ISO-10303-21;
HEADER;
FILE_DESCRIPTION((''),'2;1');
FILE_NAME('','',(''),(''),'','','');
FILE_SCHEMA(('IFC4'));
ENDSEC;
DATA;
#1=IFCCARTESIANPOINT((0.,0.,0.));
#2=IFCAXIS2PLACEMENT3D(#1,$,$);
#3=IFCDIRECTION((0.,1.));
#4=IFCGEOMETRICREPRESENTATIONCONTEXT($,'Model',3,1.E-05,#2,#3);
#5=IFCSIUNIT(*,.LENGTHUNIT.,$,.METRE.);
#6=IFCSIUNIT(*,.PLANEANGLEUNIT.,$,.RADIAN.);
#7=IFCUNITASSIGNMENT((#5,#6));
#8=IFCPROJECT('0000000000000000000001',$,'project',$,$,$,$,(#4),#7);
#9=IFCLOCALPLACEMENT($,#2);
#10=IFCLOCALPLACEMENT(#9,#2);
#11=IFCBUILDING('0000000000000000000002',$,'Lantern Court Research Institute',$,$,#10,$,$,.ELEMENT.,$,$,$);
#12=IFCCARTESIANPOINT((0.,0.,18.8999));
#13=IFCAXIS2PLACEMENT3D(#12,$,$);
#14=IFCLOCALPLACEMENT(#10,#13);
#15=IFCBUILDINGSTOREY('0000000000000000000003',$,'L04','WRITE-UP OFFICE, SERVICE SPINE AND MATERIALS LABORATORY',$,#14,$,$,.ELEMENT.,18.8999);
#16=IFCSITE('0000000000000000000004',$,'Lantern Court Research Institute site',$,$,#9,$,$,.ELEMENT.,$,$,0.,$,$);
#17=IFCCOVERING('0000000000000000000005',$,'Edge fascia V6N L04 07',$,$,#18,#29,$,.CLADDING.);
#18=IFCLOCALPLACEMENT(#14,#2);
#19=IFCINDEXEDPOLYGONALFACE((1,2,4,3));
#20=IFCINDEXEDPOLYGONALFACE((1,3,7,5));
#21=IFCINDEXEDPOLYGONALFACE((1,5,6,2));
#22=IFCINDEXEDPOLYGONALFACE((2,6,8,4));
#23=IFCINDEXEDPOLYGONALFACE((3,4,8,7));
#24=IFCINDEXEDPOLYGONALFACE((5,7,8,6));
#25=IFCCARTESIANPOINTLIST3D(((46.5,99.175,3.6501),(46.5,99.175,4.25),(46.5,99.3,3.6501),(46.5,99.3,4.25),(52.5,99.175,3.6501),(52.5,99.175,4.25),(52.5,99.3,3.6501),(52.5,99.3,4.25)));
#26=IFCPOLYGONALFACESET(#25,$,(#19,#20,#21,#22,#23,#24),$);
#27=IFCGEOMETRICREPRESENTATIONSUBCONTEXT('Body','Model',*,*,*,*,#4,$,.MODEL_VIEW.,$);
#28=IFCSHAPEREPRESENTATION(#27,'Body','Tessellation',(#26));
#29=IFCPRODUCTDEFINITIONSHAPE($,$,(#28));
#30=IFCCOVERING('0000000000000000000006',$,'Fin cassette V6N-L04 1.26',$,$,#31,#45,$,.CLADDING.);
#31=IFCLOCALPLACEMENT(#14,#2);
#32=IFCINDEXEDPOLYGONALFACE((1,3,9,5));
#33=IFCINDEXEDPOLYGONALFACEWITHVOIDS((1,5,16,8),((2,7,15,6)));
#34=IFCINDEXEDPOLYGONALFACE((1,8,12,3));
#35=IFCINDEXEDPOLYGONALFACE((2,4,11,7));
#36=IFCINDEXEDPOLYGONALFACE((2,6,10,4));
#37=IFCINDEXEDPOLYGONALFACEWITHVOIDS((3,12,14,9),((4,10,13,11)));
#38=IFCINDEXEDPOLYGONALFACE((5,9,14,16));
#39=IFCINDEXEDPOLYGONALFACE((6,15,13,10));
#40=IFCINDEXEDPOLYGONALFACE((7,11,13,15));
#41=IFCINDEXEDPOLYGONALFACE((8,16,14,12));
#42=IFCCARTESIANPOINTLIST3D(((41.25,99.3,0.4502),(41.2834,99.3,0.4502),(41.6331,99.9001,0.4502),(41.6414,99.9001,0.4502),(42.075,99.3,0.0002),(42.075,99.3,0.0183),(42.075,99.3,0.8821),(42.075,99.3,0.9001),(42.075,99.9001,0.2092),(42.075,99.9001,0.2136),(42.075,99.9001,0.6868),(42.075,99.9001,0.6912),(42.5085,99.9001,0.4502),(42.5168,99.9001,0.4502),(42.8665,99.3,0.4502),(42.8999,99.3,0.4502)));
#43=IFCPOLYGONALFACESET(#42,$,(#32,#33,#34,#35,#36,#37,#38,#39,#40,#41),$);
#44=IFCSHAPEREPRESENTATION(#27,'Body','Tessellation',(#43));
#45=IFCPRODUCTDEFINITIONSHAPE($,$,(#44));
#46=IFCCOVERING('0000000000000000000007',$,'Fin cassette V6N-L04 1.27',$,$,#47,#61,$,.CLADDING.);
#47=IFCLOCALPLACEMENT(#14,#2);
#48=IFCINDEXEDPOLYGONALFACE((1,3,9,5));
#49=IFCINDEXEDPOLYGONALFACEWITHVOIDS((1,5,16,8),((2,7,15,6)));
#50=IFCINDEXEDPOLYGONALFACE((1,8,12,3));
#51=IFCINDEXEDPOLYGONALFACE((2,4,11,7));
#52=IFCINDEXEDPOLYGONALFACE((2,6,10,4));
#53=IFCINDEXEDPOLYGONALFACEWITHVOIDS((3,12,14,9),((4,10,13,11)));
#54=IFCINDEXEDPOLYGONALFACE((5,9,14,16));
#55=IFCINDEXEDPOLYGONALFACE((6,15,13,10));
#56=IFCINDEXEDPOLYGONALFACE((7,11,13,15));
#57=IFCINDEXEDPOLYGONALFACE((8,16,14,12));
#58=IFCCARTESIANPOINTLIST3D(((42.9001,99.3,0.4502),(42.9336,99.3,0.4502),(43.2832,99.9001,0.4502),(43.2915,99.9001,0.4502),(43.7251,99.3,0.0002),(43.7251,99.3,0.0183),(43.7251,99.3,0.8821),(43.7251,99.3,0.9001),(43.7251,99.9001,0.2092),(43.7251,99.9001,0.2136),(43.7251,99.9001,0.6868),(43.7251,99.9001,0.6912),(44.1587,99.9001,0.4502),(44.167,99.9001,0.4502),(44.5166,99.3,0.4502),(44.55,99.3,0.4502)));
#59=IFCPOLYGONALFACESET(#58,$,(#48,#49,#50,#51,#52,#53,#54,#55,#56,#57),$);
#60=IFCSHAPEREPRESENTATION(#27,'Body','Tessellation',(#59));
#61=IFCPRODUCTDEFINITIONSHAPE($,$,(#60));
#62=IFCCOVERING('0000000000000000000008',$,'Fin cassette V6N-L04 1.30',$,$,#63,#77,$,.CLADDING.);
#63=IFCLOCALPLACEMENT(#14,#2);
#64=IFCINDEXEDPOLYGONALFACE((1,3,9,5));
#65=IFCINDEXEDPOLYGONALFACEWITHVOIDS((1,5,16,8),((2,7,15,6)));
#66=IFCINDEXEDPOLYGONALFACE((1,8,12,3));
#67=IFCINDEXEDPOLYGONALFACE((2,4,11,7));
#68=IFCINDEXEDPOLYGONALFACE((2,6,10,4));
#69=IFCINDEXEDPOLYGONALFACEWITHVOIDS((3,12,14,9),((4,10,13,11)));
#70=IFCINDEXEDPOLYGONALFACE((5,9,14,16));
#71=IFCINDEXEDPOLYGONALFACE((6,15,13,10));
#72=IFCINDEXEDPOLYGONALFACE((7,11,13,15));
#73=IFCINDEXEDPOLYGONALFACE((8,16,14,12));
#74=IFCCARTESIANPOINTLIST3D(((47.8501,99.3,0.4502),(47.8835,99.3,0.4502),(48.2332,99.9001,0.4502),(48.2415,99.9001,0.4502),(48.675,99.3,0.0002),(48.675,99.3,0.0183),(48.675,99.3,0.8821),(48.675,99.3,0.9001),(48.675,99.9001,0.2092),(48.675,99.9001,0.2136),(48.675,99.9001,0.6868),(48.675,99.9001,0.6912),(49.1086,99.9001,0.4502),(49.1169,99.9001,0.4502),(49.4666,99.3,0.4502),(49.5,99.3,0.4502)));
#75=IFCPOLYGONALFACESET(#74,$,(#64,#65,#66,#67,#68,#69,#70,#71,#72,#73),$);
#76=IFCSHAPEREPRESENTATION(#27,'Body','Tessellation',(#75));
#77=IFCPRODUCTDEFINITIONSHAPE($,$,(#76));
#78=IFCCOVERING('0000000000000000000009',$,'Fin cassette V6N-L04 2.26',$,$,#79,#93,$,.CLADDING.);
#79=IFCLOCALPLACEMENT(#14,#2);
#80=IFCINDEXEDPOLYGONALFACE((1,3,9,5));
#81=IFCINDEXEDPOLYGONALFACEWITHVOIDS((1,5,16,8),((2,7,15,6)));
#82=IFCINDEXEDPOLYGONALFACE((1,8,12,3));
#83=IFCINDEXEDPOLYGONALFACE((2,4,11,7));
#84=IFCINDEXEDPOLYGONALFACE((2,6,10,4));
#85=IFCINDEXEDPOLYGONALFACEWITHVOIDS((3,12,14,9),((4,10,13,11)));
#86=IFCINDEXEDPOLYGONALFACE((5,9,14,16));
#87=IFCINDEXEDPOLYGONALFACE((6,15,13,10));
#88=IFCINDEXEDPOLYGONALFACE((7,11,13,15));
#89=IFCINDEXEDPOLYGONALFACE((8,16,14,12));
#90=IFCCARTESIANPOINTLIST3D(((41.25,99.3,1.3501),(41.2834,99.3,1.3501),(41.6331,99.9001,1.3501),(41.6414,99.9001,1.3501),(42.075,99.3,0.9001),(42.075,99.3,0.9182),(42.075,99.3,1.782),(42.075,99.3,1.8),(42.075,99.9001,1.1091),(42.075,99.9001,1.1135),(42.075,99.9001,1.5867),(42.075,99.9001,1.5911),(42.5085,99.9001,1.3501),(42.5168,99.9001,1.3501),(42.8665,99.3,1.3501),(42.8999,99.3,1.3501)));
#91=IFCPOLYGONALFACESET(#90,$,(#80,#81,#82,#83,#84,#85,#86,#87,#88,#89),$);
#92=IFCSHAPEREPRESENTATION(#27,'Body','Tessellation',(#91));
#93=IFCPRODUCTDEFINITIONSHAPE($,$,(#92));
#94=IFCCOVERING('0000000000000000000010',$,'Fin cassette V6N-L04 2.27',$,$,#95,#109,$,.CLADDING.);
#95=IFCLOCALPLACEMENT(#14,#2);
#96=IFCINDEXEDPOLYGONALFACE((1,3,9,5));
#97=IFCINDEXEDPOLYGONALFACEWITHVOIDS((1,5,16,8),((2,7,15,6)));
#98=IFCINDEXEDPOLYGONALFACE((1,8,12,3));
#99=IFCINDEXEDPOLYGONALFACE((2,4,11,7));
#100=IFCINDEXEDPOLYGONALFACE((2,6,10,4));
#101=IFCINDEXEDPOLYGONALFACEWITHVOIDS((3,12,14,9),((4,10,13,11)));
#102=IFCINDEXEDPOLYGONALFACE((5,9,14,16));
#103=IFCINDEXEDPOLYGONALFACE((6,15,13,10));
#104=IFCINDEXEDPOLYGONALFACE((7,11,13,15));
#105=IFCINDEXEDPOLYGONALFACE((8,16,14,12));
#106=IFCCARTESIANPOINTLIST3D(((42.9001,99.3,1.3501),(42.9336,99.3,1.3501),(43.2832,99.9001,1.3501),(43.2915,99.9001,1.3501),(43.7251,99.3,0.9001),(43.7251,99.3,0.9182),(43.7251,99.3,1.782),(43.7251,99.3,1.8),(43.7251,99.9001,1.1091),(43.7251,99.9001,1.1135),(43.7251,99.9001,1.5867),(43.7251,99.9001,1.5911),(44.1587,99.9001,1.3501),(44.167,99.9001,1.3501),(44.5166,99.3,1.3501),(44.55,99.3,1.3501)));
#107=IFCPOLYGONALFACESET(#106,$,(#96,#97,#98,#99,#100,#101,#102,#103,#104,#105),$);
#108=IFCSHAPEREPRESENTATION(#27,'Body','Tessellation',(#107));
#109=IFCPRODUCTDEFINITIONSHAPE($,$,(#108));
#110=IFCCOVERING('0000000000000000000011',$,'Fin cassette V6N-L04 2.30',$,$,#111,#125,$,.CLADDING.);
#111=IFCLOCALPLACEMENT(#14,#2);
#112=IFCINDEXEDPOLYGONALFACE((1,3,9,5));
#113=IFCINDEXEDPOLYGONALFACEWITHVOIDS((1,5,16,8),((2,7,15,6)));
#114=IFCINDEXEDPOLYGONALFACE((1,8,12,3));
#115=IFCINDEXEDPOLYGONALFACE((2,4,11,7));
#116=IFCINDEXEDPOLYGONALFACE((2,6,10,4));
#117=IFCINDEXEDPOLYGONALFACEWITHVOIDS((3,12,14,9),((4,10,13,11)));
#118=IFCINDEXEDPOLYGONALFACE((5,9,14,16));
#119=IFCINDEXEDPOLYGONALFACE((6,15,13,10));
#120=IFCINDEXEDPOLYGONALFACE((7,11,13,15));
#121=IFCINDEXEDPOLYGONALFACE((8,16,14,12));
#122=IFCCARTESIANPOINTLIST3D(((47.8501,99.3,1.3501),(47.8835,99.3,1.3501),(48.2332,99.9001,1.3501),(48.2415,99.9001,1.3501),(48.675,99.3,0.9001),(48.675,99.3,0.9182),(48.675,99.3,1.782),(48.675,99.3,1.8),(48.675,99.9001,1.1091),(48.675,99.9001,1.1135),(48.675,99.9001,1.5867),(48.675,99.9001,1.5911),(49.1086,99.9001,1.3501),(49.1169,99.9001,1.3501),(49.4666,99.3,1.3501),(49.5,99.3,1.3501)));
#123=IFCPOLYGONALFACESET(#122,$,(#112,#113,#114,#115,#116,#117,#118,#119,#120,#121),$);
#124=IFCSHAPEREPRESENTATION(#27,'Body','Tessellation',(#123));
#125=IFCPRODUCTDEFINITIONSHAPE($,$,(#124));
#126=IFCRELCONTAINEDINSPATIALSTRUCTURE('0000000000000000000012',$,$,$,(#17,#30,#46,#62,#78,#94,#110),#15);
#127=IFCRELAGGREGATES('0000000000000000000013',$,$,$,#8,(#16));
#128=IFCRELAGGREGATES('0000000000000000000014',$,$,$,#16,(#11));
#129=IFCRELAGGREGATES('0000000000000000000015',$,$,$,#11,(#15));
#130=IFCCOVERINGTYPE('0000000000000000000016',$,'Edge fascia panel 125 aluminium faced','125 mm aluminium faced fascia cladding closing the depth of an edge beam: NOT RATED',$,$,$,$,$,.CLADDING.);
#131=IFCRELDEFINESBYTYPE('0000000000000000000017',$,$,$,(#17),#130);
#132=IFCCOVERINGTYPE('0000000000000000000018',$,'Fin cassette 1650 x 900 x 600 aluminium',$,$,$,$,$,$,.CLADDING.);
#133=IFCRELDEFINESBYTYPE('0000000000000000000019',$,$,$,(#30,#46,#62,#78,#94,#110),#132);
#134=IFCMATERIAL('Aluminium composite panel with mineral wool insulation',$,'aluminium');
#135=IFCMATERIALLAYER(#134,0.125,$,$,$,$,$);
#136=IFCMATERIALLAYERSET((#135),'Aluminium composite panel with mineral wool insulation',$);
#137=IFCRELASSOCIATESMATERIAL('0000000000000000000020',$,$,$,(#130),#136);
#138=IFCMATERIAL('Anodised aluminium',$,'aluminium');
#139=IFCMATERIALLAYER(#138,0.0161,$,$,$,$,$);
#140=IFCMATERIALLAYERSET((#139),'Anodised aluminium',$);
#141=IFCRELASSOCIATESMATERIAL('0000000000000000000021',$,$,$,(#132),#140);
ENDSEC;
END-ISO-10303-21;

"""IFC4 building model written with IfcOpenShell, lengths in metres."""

from ifc_helpers import new_model, entity, si_unit, direction, frame, frame_2d, origin, place, context, subcontext, project, spatial, rectangle, extrude, material, layer, layer_set, type_object, element, save


model = new_model("IFC4")

# Units and contexts
model_context = context("Model", 3, precision=1e-05, world=origin(), true_north=direction((0.0, 1.0)))
body_context = subcontext(model_context, "Body", "Model", "MODEL_VIEW")
ifc_project = project(units=[si_unit("LENGTHUNIT", "METRE"), si_unit("PLANEANGLEUNIT", "RADIAN")], contexts=[model_context])

# Site, building, storey
site_placement = place(None, origin())
site = spatial("IfcSite", under=ifc_project, at=site_placement, Name="Lantern Court Research Institute site", CompositionType="ELEMENT", RefElevation=0.0)
building_placement = place(site_placement, origin())
building = spatial("IfcBuilding", under=site, at=building_placement, Name="Lantern Court Research Institute", CompositionType="ELEMENT")
storey_placement = place(building_placement, frame((0.0, 0.0, 18.8999)))
storey = spatial("IfcBuildingStorey", under=building, at=storey_placement, Name="L04", Description="WRITE-UP OFFICE, SERVICE SPINE AND MATERIALS LABORATORY", CompositionType="ELEMENT", Elevation=18.8999)

# Coverings
ifc_material_1 = material(Name="Aluminium composite panel with mineral wool insulation", Category="aluminium")
ifc_layer_1 = layer(ifc_material_1, 0.125)
ifc_layer_set_1 = layer_set([ifc_layer_1], Name="Aluminium composite panel with mineral wool insulation")
covering_type_1 = type_object("IfcCoveringType", Name="Edge fascia panel 125 aluminium faced", Description="125 mm aluminium faced fascia cladding closing the depth of an edge beam: NOT RATED", PredefinedType="CLADDING", material=ifc_layer_set_1)
covering_1_placement = place(storey_placement, frame((46.5, 99.2375, 3.6501), z_axis=(0.0, 0.0, 1.0), x_axis=(1.0, 0.0, 0.0)))
element("IfcCovering", 1, at=covering_1_placement, inside=storey, type_object=covering_type_1, Name="Edge fascia V6N L04 07", PredefinedType="CLADDING", context=body_context, shape_type="SweptSolid", body=[
    extrude(rectangle(XDim=6.0, YDim=0.125, at=frame_2d((3.0, 0.0))), origin(), (0.0, 0.0, 1.0), 0.5999),
])
ifc_material_2 = material(Name="Anodised aluminium", Category="aluminium")
ifc_layer_2 = layer(ifc_material_2, 0.0161)
ifc_layer_set_2 = layer_set([ifc_layer_2], Name="Anodised aluminium")
covering_type_2 = type_object("IfcCoveringType", Name="Fin cassette 1650 x 900 x 600 aluminium", PredefinedType="CLADDING", material=ifc_layer_set_2)
covering_2_placement = place(storey_placement, frame((42.075, 99.3, 0.4502), z_axis=(0.0, 1.0, 0.0), x_axis=(-1.0, 0.0, 0.0)))
cartesian_point_1 = entity("IfcCartesianPoint", [0.825, 0.0])
cartesian_point_2 = entity("IfcCartesianPoint", [0.7915, 0.0])
cartesian_point_3 = entity("IfcCartesianPoint", [0.4419, 0.0])
cartesian_point_4 = entity("IfcCartesianPoint", [0.4336, 0.0])
element("IfcCovering", 2, at=covering_2_placement, inside=storey, type_object=covering_type_2, Name="Fin cassette V6N-L04 1.26", PredefinedType="CLADDING", context=body_context, shape_type="SweptSolid", body=[
    entity("IfcExtrudedAreaSolidTapered", entity("IfcArbitraryProfileDefWithVoids", "AREA", None, entity("IfcPolyline", [cartesian_point_1, entity("IfcCartesianPoint", [0.0, 0.45]), entity("IfcCartesianPoint", [-0.825, 0.0]), entity("IfcCartesianPoint", [0.0, -0.45]), cartesian_point_1]), [entity("IfcPolyline", [cartesian_point_2, entity("IfcCartesianPoint", [0.0, 0.4319]), entity("IfcCartesianPoint", [-0.7915, 0.0]), entity("IfcCartesianPoint", [0.0, -0.4319]), cartesian_point_2])]), entity("IfcAxis2Placement3D", entity("IfcCartesianPoint", [0.0, 0.0, 0.0])), entity("IfcDirection", [0.0, 0.0, 1.0]), 0.6001, entity("IfcArbitraryProfileDefWithVoids", "AREA", None, entity("IfcPolyline", [cartesian_point_3, entity("IfcCartesianPoint", [0.0, 0.241]), entity("IfcCartesianPoint", [-0.4419, 0.0]), entity("IfcCartesianPoint", [0.0, -0.241]), cartesian_point_3]), [entity("IfcPolyline", [cartesian_point_4, entity("IfcCartesianPoint", [0.0, 0.2366]), entity("IfcCartesianPoint", [-0.4336, 0.0]), entity("IfcCartesianPoint", [0.0, -0.2366]), cartesian_point_4])])),
])
covering_3_placement = place(storey_placement, frame((43.7251, 99.3, 0.4502), z_axis=(0.0, 1.0, 0.0), x_axis=(-1.0, 0.0, 0.0)))
cartesian_point_5 = entity("IfcCartesianPoint", [0.825, 0.0])
cartesian_point_6 = entity("IfcCartesianPoint", [0.7915, 0.0])
cartesian_point_7 = entity("IfcCartesianPoint", [0.4419, 0.0])
cartesian_point_8 = entity("IfcCartesianPoint", [0.4336, 0.0])
element("IfcCovering", 3, at=covering_3_placement, inside=storey, type_object=covering_type_2, Name="Fin cassette V6N-L04 1.27", PredefinedType="CLADDING", context=body_context, shape_type="SweptSolid", body=[
    entity("IfcExtrudedAreaSolidTapered", entity("IfcArbitraryProfileDefWithVoids", "AREA", None, entity("IfcPolyline", [cartesian_point_5, entity("IfcCartesianPoint", [0.0, 0.45]), entity("IfcCartesianPoint", [-0.825, 0.0]), entity("IfcCartesianPoint", [0.0, -0.45]), cartesian_point_5]), [entity("IfcPolyline", [cartesian_point_6, entity("IfcCartesianPoint", [0.0, 0.4319]), entity("IfcCartesianPoint", [-0.7915, 0.0]), entity("IfcCartesianPoint", [0.0, -0.4319]), cartesian_point_6])]), entity("IfcAxis2Placement3D", entity("IfcCartesianPoint", [0.0, 0.0, 0.0])), entity("IfcDirection", [0.0, 0.0, 1.0]), 0.6001, entity("IfcArbitraryProfileDefWithVoids", "AREA", None, entity("IfcPolyline", [cartesian_point_7, entity("IfcCartesianPoint", [0.0, 0.241]), entity("IfcCartesianPoint", [-0.4419, 0.0]), entity("IfcCartesianPoint", [0.0, -0.241]), cartesian_point_7]), [entity("IfcPolyline", [cartesian_point_8, entity("IfcCartesianPoint", [0.0, 0.2366]), entity("IfcCartesianPoint", [-0.4336, 0.0]), entity("IfcCartesianPoint", [0.0, -0.2366]), cartesian_point_8])])),
])
covering_4_placement = place(storey_placement, frame((48.675, 99.3, 0.4502), z_axis=(0.0, 1.0, 0.0), x_axis=(-1.0, 0.0, 0.0)))
cartesian_point_9 = entity("IfcCartesianPoint", [0.825, 0.0])
cartesian_point_10 = entity("IfcCartesianPoint", [0.7915, 0.0])
cartesian_point_11 = entity("IfcCartesianPoint", [0.4419, 0.0])
cartesian_point_12 = entity("IfcCartesianPoint", [0.4336, 0.0])
element("IfcCovering", 4, at=covering_4_placement, inside=storey, type_object=covering_type_2, Name="Fin cassette V6N-L04 1.30", PredefinedType="CLADDING", context=body_context, shape_type="SweptSolid", body=[
    entity("IfcExtrudedAreaSolidTapered", entity("IfcArbitraryProfileDefWithVoids", "AREA", None, entity("IfcPolyline", [cartesian_point_9, entity("IfcCartesianPoint", [0.0, 0.45]), entity("IfcCartesianPoint", [-0.825, 0.0]), entity("IfcCartesianPoint", [0.0, -0.45]), cartesian_point_9]), [entity("IfcPolyline", [cartesian_point_10, entity("IfcCartesianPoint", [0.0, 0.4319]), entity("IfcCartesianPoint", [-0.7915, 0.0]), entity("IfcCartesianPoint", [0.0, -0.4319]), cartesian_point_10])]), entity("IfcAxis2Placement3D", entity("IfcCartesianPoint", [0.0, 0.0, 0.0])), entity("IfcDirection", [0.0, 0.0, 1.0]), 0.6001, entity("IfcArbitraryProfileDefWithVoids", "AREA", None, entity("IfcPolyline", [cartesian_point_11, entity("IfcCartesianPoint", [0.0, 0.241]), entity("IfcCartesianPoint", [-0.4419, 0.0]), entity("IfcCartesianPoint", [0.0, -0.241]), cartesian_point_11]), [entity("IfcPolyline", [cartesian_point_12, entity("IfcCartesianPoint", [0.0, 0.2366]), entity("IfcCartesianPoint", [-0.4336, 0.0]), entity("IfcCartesianPoint", [0.0, -0.2366]), cartesian_point_12])])),
])
covering_5_placement = place(storey_placement, frame((42.075, 99.3, 1.3501), z_axis=(0.0, 1.0, 0.0), x_axis=(-1.0, 0.0, 0.0)))
cartesian_point_13 = entity("IfcCartesianPoint", [0.825, 0.0])
cartesian_point_14 = entity("IfcCartesianPoint", [0.7915, 0.0])
cartesian_point_15 = entity("IfcCartesianPoint", [0.4419, 0.0])
cartesian_point_16 = entity("IfcCartesianPoint", [0.4336, 0.0])
element("IfcCovering", 5, at=covering_5_placement, inside=storey, type_object=covering_type_2, Name="Fin cassette V6N-L04 2.26", PredefinedType="CLADDING", context=body_context, shape_type="SweptSolid", body=[
    entity("IfcExtrudedAreaSolidTapered", entity("IfcArbitraryProfileDefWithVoids", "AREA", None, entity("IfcPolyline", [cartesian_point_13, entity("IfcCartesianPoint", [0.0, 0.45]), entity("IfcCartesianPoint", [-0.825, 0.0]), entity("IfcCartesianPoint", [0.0, -0.45]), cartesian_point_13]), [entity("IfcPolyline", [cartesian_point_14, entity("IfcCartesianPoint", [0.0, 0.4319]), entity("IfcCartesianPoint", [-0.7915, 0.0]), entity("IfcCartesianPoint", [0.0, -0.4319]), cartesian_point_14])]), entity("IfcAxis2Placement3D", entity("IfcCartesianPoint", [0.0, 0.0, 0.0])), entity("IfcDirection", [0.0, 0.0, 1.0]), 0.6001, entity("IfcArbitraryProfileDefWithVoids", "AREA", None, entity("IfcPolyline", [cartesian_point_15, entity("IfcCartesianPoint", [0.0, 0.241]), entity("IfcCartesianPoint", [-0.4419, 0.0]), entity("IfcCartesianPoint", [0.0, -0.241]), cartesian_point_15]), [entity("IfcPolyline", [cartesian_point_16, entity("IfcCartesianPoint", [0.0, 0.2366]), entity("IfcCartesianPoint", [-0.4336, 0.0]), entity("IfcCartesianPoint", [0.0, -0.2366]), cartesian_point_16])])),
])
covering_6_placement = place(storey_placement, frame((43.7251, 99.3, 1.3501), z_axis=(0.0, 1.0, 0.0), x_axis=(-1.0, 0.0, 0.0)))
cartesian_point_17 = entity("IfcCartesianPoint", [0.825, 0.0])
cartesian_point_18 = entity("IfcCartesianPoint", [0.7915, 0.0])
cartesian_point_19 = entity("IfcCartesianPoint", [0.4419, 0.0])
cartesian_point_20 = entity("IfcCartesianPoint", [0.4336, 0.0])
element("IfcCovering", 6, at=covering_6_placement, inside=storey, type_object=covering_type_2, Name="Fin cassette V6N-L04 2.27", PredefinedType="CLADDING", context=body_context, shape_type="SweptSolid", body=[
    entity("IfcExtrudedAreaSolidTapered", entity("IfcArbitraryProfileDefWithVoids", "AREA", None, entity("IfcPolyline", [cartesian_point_17, entity("IfcCartesianPoint", [0.0, 0.45]), entity("IfcCartesianPoint", [-0.825, 0.0]), entity("IfcCartesianPoint", [0.0, -0.45]), cartesian_point_17]), [entity("IfcPolyline", [cartesian_point_18, entity("IfcCartesianPoint", [0.0, 0.4319]), entity("IfcCartesianPoint", [-0.7915, 0.0]), entity("IfcCartesianPoint", [0.0, -0.4319]), cartesian_point_18])]), entity("IfcAxis2Placement3D", entity("IfcCartesianPoint", [0.0, 0.0, 0.0])), entity("IfcDirection", [0.0, 0.0, 1.0]), 0.6001, entity("IfcArbitraryProfileDefWithVoids", "AREA", None, entity("IfcPolyline", [cartesian_point_19, entity("IfcCartesianPoint", [0.0, 0.241]), entity("IfcCartesianPoint", [-0.4419, 0.0]), entity("IfcCartesianPoint", [0.0, -0.241]), cartesian_point_19]), [entity("IfcPolyline", [cartesian_point_20, entity("IfcCartesianPoint", [0.0, 0.2366]), entity("IfcCartesianPoint", [-0.4336, 0.0]), entity("IfcCartesianPoint", [0.0, -0.2366]), cartesian_point_20])])),
])
covering_7_placement = place(storey_placement, frame((48.675, 99.3, 1.3501), z_axis=(0.0, 1.0, 0.0), x_axis=(-1.0, 0.0, 0.0)))
cartesian_point_21 = entity("IfcCartesianPoint", [0.825, 0.0])
cartesian_point_22 = entity("IfcCartesianPoint", [0.7915, 0.0])
cartesian_point_23 = entity("IfcCartesianPoint", [0.4419, 0.0])
cartesian_point_24 = entity("IfcCartesianPoint", [0.4336, 0.0])
element("IfcCovering", 7, at=covering_7_placement, inside=storey, type_object=covering_type_2, Name="Fin cassette V6N-L04 2.30", PredefinedType="CLADDING", context=body_context, shape_type="SweptSolid", body=[
    entity("IfcExtrudedAreaSolidTapered", entity("IfcArbitraryProfileDefWithVoids", "AREA", None, entity("IfcPolyline", [cartesian_point_21, entity("IfcCartesianPoint", [0.0, 0.45]), entity("IfcCartesianPoint", [-0.825, 0.0]), entity("IfcCartesianPoint", [0.0, -0.45]), cartesian_point_21]), [entity("IfcPolyline", [cartesian_point_22, entity("IfcCartesianPoint", [0.0, 0.4319]), entity("IfcCartesianPoint", [-0.7915, 0.0]), entity("IfcCartesianPoint", [0.0, -0.4319]), cartesian_point_22])]), entity("IfcAxis2Placement3D", entity("IfcCartesianPoint", [0.0, 0.0, 0.0])), entity("IfcDirection", [0.0, 0.0, 1.0]), 0.6001, entity("IfcArbitraryProfileDefWithVoids", "AREA", None, entity("IfcPolyline", [cartesian_point_23, entity("IfcCartesianPoint", [0.0, 0.241]), entity("IfcCartesianPoint", [-0.4419, 0.0]), entity("IfcCartesianPoint", [0.0, -0.241]), cartesian_point_23]), [entity("IfcPolyline", [cartesian_point_24, entity("IfcCartesianPoint", [0.0, 0.2366]), entity("IfcCartesianPoint", [-0.4336, 0.0]), entity("IfcCartesianPoint", [0.0, -0.2366]), cartesian_point_24])])),
])

save(model, "model.ifc")
